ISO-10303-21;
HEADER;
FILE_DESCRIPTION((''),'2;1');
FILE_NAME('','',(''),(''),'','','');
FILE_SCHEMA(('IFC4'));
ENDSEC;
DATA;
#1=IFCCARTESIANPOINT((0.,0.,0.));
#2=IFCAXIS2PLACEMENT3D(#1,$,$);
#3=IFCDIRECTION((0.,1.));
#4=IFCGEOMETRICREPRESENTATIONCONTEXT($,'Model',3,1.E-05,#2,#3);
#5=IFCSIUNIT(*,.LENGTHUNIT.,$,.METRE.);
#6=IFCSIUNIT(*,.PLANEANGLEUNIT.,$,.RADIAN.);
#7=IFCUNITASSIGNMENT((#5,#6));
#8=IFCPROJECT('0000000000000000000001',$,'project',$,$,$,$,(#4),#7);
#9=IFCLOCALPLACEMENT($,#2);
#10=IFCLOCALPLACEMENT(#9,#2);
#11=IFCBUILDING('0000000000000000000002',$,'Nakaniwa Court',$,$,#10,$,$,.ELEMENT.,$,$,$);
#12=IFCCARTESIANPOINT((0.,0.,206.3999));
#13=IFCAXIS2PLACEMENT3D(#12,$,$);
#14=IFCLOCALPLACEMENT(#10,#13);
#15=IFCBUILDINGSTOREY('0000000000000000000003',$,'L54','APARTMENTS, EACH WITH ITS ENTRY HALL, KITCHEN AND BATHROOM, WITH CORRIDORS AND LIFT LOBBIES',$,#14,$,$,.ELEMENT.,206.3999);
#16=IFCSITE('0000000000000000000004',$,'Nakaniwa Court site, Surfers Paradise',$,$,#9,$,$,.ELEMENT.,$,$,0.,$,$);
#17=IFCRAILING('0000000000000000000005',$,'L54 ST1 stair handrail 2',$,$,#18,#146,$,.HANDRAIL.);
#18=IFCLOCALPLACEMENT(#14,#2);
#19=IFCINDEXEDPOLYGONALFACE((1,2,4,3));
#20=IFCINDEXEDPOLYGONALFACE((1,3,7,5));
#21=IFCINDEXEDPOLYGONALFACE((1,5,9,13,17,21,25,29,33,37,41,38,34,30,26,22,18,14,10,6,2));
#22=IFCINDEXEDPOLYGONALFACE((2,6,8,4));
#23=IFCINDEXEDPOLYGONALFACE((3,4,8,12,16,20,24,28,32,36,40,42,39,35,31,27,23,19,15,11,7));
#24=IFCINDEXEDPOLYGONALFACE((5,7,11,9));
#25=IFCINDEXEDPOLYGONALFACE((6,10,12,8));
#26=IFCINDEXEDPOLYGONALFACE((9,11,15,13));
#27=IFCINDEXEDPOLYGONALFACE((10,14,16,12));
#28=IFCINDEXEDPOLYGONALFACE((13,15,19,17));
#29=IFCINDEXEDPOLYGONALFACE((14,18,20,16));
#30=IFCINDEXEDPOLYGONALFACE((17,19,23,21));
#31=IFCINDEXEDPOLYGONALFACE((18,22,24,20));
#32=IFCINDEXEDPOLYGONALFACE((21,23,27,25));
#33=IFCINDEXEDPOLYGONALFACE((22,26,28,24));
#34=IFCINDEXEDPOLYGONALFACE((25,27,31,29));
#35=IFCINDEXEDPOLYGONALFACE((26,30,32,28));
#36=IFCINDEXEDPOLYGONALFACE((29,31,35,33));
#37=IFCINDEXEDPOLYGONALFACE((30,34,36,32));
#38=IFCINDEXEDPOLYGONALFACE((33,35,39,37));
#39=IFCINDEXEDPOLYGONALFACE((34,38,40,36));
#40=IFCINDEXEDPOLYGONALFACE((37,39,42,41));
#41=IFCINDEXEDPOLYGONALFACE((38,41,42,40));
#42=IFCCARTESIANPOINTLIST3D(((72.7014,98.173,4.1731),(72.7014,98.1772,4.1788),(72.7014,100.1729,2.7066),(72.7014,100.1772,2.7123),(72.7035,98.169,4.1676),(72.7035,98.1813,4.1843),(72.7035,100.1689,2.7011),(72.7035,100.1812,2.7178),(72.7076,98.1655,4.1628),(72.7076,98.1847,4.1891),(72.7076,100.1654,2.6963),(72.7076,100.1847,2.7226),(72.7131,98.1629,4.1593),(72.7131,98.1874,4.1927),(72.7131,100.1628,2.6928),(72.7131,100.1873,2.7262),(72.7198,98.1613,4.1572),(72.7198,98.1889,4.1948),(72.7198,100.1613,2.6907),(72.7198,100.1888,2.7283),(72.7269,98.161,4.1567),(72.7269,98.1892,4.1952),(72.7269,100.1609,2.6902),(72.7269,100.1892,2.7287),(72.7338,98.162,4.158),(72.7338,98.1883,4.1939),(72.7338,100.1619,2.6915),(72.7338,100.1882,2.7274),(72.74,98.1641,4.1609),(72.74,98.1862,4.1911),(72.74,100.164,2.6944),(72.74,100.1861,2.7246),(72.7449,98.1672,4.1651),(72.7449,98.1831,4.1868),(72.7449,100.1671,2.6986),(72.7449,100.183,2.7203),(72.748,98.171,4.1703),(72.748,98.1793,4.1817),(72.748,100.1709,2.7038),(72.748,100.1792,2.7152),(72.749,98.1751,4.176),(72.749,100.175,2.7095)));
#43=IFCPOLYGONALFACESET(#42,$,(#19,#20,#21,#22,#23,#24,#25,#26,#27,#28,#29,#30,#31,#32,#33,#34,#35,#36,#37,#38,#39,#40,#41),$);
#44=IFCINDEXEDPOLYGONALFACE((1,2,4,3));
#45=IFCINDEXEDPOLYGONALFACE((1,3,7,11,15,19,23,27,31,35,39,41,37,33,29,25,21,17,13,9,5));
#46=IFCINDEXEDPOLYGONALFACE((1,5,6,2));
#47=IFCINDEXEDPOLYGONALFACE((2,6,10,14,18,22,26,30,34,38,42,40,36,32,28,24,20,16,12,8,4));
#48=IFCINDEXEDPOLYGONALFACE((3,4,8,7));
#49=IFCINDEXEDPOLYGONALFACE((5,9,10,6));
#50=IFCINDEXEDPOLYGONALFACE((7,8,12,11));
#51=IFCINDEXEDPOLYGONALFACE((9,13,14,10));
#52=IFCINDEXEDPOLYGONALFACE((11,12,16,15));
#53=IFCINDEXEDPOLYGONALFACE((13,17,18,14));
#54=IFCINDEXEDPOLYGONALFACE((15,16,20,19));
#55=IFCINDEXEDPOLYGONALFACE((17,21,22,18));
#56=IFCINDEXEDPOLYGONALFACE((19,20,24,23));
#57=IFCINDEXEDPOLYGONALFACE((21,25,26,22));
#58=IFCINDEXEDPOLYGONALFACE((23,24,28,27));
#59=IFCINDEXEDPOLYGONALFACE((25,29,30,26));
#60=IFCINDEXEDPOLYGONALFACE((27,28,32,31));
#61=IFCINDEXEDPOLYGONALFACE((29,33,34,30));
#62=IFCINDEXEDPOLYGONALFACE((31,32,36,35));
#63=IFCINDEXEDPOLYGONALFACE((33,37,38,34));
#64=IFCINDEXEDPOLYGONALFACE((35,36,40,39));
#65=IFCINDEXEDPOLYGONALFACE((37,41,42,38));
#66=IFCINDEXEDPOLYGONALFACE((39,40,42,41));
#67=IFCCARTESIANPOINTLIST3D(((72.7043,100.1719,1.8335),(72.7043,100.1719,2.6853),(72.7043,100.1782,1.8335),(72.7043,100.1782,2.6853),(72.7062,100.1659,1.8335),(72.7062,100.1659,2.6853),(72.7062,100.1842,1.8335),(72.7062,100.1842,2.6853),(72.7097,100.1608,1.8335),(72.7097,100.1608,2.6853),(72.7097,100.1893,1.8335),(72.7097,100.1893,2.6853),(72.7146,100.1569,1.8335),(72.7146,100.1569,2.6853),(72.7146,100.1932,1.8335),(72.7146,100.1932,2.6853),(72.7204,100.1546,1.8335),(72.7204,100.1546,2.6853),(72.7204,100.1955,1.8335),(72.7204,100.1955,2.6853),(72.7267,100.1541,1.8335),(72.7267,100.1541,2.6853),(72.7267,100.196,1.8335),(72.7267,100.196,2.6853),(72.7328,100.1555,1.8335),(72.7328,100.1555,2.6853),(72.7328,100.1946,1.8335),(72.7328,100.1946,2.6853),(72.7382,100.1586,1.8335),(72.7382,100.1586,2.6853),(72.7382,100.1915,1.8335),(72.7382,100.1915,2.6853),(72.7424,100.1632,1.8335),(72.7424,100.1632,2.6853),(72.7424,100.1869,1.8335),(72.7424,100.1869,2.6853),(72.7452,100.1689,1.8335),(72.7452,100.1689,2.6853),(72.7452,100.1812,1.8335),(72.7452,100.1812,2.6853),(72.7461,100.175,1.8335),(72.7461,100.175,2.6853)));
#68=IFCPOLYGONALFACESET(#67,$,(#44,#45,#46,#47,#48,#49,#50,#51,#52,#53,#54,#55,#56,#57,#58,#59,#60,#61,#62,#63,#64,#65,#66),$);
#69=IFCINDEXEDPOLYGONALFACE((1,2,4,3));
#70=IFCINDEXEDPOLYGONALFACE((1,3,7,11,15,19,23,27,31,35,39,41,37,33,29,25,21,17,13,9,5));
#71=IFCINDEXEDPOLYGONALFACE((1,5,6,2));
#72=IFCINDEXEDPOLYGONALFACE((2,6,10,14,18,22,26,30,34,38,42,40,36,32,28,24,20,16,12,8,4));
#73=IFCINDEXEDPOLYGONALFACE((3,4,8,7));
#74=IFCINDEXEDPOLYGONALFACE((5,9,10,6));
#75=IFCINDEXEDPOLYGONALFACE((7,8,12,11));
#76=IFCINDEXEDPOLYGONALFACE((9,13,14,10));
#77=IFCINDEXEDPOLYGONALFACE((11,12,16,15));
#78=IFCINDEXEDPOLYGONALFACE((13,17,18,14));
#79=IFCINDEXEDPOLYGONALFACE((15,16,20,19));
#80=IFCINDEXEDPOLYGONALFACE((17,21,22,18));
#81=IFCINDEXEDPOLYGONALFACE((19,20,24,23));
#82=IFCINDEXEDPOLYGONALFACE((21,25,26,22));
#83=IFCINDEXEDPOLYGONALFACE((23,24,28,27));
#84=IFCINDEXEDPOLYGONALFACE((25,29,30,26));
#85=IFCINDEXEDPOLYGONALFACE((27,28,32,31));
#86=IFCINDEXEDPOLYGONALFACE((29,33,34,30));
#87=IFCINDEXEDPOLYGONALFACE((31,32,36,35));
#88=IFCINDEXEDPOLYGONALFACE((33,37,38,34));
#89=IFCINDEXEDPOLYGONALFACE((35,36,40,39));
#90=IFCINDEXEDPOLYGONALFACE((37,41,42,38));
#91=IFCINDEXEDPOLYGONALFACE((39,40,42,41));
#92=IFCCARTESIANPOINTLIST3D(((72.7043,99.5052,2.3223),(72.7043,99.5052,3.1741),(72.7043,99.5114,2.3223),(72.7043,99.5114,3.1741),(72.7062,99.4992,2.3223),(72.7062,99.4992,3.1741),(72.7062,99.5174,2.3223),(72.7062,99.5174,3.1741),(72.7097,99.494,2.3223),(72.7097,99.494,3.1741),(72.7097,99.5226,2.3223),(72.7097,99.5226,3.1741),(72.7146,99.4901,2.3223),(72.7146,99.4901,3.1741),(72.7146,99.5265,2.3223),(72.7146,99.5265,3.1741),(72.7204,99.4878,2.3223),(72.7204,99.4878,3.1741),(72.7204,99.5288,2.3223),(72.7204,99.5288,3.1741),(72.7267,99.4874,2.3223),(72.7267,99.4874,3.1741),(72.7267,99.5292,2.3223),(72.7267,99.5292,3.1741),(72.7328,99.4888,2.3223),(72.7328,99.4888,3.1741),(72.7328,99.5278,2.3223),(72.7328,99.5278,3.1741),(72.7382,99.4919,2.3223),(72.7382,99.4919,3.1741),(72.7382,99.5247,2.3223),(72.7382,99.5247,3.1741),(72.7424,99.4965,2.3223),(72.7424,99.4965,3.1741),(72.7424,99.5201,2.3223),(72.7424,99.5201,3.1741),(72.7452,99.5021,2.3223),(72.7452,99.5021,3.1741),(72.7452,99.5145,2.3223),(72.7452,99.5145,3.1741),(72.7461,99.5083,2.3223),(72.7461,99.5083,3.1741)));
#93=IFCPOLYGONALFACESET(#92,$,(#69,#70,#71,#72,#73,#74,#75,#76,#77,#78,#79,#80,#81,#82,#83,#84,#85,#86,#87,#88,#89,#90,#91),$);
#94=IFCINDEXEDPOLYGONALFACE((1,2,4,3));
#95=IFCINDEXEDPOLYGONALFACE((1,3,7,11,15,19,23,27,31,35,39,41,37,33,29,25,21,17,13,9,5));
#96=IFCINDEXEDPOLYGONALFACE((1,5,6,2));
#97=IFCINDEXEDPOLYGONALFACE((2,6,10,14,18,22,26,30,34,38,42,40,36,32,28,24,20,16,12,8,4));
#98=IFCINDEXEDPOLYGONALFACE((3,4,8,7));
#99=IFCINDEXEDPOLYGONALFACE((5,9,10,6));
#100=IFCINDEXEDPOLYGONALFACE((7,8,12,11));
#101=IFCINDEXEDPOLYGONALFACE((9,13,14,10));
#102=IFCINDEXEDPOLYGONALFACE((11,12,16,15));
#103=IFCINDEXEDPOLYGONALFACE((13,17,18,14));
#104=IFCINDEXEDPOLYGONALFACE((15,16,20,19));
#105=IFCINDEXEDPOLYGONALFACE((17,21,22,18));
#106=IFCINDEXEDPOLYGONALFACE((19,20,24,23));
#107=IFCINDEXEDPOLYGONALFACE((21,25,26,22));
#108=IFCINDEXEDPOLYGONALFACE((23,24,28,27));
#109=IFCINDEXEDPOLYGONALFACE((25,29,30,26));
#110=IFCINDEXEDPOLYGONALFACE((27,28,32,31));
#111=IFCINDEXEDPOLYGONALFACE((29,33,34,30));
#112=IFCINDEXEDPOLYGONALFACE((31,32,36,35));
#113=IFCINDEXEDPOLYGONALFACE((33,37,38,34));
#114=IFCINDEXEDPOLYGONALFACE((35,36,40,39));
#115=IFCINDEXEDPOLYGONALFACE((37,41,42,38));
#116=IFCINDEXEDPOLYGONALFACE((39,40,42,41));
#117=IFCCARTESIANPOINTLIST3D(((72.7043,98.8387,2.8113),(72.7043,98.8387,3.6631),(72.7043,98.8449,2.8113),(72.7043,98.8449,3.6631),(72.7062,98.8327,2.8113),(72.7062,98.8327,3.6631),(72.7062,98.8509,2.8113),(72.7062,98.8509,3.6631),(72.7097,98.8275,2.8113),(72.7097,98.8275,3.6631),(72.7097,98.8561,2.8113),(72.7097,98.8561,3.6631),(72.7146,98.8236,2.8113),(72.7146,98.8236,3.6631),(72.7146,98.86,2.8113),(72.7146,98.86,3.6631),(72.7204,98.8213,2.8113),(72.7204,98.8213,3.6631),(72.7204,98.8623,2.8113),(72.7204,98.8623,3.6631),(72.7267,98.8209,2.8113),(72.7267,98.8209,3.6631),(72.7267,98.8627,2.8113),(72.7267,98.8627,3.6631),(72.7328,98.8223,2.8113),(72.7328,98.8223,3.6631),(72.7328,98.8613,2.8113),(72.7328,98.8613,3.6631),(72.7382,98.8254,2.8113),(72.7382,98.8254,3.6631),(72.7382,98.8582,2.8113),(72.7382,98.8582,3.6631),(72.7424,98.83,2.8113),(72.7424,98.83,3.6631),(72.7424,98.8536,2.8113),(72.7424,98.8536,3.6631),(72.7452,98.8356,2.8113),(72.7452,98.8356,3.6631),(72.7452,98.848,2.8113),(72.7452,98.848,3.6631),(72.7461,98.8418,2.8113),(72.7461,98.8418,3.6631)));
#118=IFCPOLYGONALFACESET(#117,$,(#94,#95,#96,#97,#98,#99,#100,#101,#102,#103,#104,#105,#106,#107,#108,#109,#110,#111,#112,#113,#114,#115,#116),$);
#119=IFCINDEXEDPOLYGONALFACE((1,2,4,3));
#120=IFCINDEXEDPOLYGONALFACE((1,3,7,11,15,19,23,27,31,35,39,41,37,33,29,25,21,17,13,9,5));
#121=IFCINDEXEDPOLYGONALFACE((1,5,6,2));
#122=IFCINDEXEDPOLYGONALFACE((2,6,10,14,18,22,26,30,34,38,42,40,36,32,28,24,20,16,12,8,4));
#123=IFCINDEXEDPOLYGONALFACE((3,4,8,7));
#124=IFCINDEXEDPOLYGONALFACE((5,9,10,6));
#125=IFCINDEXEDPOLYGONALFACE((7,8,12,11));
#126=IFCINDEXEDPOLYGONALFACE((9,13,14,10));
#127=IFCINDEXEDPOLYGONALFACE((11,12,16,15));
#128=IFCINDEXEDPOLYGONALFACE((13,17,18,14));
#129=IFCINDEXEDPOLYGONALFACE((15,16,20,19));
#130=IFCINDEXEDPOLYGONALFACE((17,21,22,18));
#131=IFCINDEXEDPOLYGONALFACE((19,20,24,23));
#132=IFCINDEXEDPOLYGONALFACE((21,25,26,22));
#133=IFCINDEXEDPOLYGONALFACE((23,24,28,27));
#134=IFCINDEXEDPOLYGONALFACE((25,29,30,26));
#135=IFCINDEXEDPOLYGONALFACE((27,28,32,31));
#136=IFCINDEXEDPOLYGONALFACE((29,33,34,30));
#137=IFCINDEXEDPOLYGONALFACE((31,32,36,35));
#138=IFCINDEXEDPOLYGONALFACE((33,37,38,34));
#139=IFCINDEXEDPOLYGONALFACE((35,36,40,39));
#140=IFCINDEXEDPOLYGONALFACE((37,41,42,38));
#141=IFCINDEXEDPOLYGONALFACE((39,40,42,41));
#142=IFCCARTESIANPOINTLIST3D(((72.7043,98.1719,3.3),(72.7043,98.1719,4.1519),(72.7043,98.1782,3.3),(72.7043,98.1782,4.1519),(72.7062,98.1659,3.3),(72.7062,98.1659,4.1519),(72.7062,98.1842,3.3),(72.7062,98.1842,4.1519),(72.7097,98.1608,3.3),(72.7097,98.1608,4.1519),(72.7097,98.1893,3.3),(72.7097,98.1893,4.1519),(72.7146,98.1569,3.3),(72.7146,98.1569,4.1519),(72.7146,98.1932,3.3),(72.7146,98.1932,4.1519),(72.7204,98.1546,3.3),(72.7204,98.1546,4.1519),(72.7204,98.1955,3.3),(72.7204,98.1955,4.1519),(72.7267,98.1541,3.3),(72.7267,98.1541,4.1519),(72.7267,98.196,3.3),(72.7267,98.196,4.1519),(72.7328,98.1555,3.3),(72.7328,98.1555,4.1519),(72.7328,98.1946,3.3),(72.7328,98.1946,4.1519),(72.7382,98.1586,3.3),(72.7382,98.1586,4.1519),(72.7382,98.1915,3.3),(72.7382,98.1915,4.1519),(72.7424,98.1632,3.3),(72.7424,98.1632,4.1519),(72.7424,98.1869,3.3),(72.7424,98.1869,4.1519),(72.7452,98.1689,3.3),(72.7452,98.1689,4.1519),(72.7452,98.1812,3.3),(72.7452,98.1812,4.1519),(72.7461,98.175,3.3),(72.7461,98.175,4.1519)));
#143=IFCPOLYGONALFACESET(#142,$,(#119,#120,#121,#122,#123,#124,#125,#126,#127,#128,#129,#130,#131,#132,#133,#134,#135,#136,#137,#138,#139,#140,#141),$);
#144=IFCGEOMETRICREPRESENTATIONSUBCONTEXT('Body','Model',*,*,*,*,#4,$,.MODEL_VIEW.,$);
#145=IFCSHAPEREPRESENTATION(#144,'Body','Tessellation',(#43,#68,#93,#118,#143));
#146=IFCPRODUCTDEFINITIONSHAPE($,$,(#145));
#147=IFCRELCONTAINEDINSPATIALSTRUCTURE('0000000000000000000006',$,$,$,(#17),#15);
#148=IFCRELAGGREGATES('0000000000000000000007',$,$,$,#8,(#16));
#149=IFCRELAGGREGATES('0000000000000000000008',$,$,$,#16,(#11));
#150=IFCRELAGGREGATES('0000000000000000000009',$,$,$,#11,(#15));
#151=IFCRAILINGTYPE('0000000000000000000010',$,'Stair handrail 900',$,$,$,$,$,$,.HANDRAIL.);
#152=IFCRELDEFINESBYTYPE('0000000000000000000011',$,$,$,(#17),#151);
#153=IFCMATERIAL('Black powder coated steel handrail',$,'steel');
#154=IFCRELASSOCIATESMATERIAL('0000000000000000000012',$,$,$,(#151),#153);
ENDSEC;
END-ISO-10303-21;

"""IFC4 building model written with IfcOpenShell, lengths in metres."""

from ifc_helpers import new_model, si_unit, direction, frame, origin, origin_2d, place, context, subcontext, project, spatial, circle, extrude, material, type_object, element, save


model = new_model("IFC4")

# Units and contexts
model_context = context("Model", 3, precision=1e-05, world=origin(), true_north=direction((0.0, 1.0)))
body_context = subcontext(model_context, "Body", "Model", "MODEL_VIEW")
ifc_project = project(units=[si_unit("LENGTHUNIT", "METRE"), si_unit("PLANEANGLEUNIT", "RADIAN")], contexts=[model_context])

# Site, building, storey
site_placement = place(None, origin())
site = spatial("IfcSite", under=ifc_project, at=site_placement, Name="Nakaniwa Court site, Surfers Paradise", CompositionType="ELEMENT", RefElevation=0.0)
building_placement = place(site_placement, origin())
building = spatial("IfcBuilding", under=site, at=building_placement, Name="Nakaniwa Court", CompositionType="ELEMENT")
storey_placement = place(building_placement, frame((0.0, 0.0, 206.3999)))
storey = spatial("IfcBuildingStorey", under=building, at=storey_placement, Name="L54", Description="APARTMENTS, EACH WITH ITS ENTRY HALL, KITCHEN AND BATHROOM, WITH CORRIDORS AND LIFT LOBBIES", CompositionType="ELEMENT", Elevation=206.3999)

# Railing
ifc_material_1 = material(Name="Black powder coated steel handrail", Category="steel")
railing_type_1 = type_object("IfcRailingType", Name="Stair handrail 900", PredefinedType="HANDRAIL", material=ifc_material_1)
railing_1_placement = place(storey_placement, frame((72.7251, 100.175, 1.8335)))
element("IfcRailing", 1, at=railing_1_placement, inside=storey, type_object=railing_type_1, Name="L54 ST1 stair handrail 2", PredefinedType="HANDRAIL", context=body_context, shape_type="SweptSolid", body=[
    extrude(circle(Radius=0.0239, at=origin_2d()), frame((0.0, 0.0, 0.876), z_axis=(0.0, -0.806427, 0.591334), x_axis=(1.0, 0.0, 0.0)), (0.0, 0.0, 1.0), 2.48),
    extrude(circle(Radius=0.021, at=origin_2d()), origin(), (0.0, 0.0, 1.0), 0.8518),
    extrude(circle(Radius=0.021, at=origin_2d()), frame((0.0, -0.6667, 0.4888)), (0.0, 0.0, 1.0), 0.8518),
    extrude(circle(Radius=0.021, at=origin_2d()), frame((0.0, -1.3333, 0.9778)), (0.0, 0.0, 1.0), 0.8518),
    extrude(circle(Radius=0.021, at=origin_2d()), frame((0.0, -2.0, 1.4666)), (0.0, 0.0, 1.0), 0.8518),
])

save(model, "model.ifc")
